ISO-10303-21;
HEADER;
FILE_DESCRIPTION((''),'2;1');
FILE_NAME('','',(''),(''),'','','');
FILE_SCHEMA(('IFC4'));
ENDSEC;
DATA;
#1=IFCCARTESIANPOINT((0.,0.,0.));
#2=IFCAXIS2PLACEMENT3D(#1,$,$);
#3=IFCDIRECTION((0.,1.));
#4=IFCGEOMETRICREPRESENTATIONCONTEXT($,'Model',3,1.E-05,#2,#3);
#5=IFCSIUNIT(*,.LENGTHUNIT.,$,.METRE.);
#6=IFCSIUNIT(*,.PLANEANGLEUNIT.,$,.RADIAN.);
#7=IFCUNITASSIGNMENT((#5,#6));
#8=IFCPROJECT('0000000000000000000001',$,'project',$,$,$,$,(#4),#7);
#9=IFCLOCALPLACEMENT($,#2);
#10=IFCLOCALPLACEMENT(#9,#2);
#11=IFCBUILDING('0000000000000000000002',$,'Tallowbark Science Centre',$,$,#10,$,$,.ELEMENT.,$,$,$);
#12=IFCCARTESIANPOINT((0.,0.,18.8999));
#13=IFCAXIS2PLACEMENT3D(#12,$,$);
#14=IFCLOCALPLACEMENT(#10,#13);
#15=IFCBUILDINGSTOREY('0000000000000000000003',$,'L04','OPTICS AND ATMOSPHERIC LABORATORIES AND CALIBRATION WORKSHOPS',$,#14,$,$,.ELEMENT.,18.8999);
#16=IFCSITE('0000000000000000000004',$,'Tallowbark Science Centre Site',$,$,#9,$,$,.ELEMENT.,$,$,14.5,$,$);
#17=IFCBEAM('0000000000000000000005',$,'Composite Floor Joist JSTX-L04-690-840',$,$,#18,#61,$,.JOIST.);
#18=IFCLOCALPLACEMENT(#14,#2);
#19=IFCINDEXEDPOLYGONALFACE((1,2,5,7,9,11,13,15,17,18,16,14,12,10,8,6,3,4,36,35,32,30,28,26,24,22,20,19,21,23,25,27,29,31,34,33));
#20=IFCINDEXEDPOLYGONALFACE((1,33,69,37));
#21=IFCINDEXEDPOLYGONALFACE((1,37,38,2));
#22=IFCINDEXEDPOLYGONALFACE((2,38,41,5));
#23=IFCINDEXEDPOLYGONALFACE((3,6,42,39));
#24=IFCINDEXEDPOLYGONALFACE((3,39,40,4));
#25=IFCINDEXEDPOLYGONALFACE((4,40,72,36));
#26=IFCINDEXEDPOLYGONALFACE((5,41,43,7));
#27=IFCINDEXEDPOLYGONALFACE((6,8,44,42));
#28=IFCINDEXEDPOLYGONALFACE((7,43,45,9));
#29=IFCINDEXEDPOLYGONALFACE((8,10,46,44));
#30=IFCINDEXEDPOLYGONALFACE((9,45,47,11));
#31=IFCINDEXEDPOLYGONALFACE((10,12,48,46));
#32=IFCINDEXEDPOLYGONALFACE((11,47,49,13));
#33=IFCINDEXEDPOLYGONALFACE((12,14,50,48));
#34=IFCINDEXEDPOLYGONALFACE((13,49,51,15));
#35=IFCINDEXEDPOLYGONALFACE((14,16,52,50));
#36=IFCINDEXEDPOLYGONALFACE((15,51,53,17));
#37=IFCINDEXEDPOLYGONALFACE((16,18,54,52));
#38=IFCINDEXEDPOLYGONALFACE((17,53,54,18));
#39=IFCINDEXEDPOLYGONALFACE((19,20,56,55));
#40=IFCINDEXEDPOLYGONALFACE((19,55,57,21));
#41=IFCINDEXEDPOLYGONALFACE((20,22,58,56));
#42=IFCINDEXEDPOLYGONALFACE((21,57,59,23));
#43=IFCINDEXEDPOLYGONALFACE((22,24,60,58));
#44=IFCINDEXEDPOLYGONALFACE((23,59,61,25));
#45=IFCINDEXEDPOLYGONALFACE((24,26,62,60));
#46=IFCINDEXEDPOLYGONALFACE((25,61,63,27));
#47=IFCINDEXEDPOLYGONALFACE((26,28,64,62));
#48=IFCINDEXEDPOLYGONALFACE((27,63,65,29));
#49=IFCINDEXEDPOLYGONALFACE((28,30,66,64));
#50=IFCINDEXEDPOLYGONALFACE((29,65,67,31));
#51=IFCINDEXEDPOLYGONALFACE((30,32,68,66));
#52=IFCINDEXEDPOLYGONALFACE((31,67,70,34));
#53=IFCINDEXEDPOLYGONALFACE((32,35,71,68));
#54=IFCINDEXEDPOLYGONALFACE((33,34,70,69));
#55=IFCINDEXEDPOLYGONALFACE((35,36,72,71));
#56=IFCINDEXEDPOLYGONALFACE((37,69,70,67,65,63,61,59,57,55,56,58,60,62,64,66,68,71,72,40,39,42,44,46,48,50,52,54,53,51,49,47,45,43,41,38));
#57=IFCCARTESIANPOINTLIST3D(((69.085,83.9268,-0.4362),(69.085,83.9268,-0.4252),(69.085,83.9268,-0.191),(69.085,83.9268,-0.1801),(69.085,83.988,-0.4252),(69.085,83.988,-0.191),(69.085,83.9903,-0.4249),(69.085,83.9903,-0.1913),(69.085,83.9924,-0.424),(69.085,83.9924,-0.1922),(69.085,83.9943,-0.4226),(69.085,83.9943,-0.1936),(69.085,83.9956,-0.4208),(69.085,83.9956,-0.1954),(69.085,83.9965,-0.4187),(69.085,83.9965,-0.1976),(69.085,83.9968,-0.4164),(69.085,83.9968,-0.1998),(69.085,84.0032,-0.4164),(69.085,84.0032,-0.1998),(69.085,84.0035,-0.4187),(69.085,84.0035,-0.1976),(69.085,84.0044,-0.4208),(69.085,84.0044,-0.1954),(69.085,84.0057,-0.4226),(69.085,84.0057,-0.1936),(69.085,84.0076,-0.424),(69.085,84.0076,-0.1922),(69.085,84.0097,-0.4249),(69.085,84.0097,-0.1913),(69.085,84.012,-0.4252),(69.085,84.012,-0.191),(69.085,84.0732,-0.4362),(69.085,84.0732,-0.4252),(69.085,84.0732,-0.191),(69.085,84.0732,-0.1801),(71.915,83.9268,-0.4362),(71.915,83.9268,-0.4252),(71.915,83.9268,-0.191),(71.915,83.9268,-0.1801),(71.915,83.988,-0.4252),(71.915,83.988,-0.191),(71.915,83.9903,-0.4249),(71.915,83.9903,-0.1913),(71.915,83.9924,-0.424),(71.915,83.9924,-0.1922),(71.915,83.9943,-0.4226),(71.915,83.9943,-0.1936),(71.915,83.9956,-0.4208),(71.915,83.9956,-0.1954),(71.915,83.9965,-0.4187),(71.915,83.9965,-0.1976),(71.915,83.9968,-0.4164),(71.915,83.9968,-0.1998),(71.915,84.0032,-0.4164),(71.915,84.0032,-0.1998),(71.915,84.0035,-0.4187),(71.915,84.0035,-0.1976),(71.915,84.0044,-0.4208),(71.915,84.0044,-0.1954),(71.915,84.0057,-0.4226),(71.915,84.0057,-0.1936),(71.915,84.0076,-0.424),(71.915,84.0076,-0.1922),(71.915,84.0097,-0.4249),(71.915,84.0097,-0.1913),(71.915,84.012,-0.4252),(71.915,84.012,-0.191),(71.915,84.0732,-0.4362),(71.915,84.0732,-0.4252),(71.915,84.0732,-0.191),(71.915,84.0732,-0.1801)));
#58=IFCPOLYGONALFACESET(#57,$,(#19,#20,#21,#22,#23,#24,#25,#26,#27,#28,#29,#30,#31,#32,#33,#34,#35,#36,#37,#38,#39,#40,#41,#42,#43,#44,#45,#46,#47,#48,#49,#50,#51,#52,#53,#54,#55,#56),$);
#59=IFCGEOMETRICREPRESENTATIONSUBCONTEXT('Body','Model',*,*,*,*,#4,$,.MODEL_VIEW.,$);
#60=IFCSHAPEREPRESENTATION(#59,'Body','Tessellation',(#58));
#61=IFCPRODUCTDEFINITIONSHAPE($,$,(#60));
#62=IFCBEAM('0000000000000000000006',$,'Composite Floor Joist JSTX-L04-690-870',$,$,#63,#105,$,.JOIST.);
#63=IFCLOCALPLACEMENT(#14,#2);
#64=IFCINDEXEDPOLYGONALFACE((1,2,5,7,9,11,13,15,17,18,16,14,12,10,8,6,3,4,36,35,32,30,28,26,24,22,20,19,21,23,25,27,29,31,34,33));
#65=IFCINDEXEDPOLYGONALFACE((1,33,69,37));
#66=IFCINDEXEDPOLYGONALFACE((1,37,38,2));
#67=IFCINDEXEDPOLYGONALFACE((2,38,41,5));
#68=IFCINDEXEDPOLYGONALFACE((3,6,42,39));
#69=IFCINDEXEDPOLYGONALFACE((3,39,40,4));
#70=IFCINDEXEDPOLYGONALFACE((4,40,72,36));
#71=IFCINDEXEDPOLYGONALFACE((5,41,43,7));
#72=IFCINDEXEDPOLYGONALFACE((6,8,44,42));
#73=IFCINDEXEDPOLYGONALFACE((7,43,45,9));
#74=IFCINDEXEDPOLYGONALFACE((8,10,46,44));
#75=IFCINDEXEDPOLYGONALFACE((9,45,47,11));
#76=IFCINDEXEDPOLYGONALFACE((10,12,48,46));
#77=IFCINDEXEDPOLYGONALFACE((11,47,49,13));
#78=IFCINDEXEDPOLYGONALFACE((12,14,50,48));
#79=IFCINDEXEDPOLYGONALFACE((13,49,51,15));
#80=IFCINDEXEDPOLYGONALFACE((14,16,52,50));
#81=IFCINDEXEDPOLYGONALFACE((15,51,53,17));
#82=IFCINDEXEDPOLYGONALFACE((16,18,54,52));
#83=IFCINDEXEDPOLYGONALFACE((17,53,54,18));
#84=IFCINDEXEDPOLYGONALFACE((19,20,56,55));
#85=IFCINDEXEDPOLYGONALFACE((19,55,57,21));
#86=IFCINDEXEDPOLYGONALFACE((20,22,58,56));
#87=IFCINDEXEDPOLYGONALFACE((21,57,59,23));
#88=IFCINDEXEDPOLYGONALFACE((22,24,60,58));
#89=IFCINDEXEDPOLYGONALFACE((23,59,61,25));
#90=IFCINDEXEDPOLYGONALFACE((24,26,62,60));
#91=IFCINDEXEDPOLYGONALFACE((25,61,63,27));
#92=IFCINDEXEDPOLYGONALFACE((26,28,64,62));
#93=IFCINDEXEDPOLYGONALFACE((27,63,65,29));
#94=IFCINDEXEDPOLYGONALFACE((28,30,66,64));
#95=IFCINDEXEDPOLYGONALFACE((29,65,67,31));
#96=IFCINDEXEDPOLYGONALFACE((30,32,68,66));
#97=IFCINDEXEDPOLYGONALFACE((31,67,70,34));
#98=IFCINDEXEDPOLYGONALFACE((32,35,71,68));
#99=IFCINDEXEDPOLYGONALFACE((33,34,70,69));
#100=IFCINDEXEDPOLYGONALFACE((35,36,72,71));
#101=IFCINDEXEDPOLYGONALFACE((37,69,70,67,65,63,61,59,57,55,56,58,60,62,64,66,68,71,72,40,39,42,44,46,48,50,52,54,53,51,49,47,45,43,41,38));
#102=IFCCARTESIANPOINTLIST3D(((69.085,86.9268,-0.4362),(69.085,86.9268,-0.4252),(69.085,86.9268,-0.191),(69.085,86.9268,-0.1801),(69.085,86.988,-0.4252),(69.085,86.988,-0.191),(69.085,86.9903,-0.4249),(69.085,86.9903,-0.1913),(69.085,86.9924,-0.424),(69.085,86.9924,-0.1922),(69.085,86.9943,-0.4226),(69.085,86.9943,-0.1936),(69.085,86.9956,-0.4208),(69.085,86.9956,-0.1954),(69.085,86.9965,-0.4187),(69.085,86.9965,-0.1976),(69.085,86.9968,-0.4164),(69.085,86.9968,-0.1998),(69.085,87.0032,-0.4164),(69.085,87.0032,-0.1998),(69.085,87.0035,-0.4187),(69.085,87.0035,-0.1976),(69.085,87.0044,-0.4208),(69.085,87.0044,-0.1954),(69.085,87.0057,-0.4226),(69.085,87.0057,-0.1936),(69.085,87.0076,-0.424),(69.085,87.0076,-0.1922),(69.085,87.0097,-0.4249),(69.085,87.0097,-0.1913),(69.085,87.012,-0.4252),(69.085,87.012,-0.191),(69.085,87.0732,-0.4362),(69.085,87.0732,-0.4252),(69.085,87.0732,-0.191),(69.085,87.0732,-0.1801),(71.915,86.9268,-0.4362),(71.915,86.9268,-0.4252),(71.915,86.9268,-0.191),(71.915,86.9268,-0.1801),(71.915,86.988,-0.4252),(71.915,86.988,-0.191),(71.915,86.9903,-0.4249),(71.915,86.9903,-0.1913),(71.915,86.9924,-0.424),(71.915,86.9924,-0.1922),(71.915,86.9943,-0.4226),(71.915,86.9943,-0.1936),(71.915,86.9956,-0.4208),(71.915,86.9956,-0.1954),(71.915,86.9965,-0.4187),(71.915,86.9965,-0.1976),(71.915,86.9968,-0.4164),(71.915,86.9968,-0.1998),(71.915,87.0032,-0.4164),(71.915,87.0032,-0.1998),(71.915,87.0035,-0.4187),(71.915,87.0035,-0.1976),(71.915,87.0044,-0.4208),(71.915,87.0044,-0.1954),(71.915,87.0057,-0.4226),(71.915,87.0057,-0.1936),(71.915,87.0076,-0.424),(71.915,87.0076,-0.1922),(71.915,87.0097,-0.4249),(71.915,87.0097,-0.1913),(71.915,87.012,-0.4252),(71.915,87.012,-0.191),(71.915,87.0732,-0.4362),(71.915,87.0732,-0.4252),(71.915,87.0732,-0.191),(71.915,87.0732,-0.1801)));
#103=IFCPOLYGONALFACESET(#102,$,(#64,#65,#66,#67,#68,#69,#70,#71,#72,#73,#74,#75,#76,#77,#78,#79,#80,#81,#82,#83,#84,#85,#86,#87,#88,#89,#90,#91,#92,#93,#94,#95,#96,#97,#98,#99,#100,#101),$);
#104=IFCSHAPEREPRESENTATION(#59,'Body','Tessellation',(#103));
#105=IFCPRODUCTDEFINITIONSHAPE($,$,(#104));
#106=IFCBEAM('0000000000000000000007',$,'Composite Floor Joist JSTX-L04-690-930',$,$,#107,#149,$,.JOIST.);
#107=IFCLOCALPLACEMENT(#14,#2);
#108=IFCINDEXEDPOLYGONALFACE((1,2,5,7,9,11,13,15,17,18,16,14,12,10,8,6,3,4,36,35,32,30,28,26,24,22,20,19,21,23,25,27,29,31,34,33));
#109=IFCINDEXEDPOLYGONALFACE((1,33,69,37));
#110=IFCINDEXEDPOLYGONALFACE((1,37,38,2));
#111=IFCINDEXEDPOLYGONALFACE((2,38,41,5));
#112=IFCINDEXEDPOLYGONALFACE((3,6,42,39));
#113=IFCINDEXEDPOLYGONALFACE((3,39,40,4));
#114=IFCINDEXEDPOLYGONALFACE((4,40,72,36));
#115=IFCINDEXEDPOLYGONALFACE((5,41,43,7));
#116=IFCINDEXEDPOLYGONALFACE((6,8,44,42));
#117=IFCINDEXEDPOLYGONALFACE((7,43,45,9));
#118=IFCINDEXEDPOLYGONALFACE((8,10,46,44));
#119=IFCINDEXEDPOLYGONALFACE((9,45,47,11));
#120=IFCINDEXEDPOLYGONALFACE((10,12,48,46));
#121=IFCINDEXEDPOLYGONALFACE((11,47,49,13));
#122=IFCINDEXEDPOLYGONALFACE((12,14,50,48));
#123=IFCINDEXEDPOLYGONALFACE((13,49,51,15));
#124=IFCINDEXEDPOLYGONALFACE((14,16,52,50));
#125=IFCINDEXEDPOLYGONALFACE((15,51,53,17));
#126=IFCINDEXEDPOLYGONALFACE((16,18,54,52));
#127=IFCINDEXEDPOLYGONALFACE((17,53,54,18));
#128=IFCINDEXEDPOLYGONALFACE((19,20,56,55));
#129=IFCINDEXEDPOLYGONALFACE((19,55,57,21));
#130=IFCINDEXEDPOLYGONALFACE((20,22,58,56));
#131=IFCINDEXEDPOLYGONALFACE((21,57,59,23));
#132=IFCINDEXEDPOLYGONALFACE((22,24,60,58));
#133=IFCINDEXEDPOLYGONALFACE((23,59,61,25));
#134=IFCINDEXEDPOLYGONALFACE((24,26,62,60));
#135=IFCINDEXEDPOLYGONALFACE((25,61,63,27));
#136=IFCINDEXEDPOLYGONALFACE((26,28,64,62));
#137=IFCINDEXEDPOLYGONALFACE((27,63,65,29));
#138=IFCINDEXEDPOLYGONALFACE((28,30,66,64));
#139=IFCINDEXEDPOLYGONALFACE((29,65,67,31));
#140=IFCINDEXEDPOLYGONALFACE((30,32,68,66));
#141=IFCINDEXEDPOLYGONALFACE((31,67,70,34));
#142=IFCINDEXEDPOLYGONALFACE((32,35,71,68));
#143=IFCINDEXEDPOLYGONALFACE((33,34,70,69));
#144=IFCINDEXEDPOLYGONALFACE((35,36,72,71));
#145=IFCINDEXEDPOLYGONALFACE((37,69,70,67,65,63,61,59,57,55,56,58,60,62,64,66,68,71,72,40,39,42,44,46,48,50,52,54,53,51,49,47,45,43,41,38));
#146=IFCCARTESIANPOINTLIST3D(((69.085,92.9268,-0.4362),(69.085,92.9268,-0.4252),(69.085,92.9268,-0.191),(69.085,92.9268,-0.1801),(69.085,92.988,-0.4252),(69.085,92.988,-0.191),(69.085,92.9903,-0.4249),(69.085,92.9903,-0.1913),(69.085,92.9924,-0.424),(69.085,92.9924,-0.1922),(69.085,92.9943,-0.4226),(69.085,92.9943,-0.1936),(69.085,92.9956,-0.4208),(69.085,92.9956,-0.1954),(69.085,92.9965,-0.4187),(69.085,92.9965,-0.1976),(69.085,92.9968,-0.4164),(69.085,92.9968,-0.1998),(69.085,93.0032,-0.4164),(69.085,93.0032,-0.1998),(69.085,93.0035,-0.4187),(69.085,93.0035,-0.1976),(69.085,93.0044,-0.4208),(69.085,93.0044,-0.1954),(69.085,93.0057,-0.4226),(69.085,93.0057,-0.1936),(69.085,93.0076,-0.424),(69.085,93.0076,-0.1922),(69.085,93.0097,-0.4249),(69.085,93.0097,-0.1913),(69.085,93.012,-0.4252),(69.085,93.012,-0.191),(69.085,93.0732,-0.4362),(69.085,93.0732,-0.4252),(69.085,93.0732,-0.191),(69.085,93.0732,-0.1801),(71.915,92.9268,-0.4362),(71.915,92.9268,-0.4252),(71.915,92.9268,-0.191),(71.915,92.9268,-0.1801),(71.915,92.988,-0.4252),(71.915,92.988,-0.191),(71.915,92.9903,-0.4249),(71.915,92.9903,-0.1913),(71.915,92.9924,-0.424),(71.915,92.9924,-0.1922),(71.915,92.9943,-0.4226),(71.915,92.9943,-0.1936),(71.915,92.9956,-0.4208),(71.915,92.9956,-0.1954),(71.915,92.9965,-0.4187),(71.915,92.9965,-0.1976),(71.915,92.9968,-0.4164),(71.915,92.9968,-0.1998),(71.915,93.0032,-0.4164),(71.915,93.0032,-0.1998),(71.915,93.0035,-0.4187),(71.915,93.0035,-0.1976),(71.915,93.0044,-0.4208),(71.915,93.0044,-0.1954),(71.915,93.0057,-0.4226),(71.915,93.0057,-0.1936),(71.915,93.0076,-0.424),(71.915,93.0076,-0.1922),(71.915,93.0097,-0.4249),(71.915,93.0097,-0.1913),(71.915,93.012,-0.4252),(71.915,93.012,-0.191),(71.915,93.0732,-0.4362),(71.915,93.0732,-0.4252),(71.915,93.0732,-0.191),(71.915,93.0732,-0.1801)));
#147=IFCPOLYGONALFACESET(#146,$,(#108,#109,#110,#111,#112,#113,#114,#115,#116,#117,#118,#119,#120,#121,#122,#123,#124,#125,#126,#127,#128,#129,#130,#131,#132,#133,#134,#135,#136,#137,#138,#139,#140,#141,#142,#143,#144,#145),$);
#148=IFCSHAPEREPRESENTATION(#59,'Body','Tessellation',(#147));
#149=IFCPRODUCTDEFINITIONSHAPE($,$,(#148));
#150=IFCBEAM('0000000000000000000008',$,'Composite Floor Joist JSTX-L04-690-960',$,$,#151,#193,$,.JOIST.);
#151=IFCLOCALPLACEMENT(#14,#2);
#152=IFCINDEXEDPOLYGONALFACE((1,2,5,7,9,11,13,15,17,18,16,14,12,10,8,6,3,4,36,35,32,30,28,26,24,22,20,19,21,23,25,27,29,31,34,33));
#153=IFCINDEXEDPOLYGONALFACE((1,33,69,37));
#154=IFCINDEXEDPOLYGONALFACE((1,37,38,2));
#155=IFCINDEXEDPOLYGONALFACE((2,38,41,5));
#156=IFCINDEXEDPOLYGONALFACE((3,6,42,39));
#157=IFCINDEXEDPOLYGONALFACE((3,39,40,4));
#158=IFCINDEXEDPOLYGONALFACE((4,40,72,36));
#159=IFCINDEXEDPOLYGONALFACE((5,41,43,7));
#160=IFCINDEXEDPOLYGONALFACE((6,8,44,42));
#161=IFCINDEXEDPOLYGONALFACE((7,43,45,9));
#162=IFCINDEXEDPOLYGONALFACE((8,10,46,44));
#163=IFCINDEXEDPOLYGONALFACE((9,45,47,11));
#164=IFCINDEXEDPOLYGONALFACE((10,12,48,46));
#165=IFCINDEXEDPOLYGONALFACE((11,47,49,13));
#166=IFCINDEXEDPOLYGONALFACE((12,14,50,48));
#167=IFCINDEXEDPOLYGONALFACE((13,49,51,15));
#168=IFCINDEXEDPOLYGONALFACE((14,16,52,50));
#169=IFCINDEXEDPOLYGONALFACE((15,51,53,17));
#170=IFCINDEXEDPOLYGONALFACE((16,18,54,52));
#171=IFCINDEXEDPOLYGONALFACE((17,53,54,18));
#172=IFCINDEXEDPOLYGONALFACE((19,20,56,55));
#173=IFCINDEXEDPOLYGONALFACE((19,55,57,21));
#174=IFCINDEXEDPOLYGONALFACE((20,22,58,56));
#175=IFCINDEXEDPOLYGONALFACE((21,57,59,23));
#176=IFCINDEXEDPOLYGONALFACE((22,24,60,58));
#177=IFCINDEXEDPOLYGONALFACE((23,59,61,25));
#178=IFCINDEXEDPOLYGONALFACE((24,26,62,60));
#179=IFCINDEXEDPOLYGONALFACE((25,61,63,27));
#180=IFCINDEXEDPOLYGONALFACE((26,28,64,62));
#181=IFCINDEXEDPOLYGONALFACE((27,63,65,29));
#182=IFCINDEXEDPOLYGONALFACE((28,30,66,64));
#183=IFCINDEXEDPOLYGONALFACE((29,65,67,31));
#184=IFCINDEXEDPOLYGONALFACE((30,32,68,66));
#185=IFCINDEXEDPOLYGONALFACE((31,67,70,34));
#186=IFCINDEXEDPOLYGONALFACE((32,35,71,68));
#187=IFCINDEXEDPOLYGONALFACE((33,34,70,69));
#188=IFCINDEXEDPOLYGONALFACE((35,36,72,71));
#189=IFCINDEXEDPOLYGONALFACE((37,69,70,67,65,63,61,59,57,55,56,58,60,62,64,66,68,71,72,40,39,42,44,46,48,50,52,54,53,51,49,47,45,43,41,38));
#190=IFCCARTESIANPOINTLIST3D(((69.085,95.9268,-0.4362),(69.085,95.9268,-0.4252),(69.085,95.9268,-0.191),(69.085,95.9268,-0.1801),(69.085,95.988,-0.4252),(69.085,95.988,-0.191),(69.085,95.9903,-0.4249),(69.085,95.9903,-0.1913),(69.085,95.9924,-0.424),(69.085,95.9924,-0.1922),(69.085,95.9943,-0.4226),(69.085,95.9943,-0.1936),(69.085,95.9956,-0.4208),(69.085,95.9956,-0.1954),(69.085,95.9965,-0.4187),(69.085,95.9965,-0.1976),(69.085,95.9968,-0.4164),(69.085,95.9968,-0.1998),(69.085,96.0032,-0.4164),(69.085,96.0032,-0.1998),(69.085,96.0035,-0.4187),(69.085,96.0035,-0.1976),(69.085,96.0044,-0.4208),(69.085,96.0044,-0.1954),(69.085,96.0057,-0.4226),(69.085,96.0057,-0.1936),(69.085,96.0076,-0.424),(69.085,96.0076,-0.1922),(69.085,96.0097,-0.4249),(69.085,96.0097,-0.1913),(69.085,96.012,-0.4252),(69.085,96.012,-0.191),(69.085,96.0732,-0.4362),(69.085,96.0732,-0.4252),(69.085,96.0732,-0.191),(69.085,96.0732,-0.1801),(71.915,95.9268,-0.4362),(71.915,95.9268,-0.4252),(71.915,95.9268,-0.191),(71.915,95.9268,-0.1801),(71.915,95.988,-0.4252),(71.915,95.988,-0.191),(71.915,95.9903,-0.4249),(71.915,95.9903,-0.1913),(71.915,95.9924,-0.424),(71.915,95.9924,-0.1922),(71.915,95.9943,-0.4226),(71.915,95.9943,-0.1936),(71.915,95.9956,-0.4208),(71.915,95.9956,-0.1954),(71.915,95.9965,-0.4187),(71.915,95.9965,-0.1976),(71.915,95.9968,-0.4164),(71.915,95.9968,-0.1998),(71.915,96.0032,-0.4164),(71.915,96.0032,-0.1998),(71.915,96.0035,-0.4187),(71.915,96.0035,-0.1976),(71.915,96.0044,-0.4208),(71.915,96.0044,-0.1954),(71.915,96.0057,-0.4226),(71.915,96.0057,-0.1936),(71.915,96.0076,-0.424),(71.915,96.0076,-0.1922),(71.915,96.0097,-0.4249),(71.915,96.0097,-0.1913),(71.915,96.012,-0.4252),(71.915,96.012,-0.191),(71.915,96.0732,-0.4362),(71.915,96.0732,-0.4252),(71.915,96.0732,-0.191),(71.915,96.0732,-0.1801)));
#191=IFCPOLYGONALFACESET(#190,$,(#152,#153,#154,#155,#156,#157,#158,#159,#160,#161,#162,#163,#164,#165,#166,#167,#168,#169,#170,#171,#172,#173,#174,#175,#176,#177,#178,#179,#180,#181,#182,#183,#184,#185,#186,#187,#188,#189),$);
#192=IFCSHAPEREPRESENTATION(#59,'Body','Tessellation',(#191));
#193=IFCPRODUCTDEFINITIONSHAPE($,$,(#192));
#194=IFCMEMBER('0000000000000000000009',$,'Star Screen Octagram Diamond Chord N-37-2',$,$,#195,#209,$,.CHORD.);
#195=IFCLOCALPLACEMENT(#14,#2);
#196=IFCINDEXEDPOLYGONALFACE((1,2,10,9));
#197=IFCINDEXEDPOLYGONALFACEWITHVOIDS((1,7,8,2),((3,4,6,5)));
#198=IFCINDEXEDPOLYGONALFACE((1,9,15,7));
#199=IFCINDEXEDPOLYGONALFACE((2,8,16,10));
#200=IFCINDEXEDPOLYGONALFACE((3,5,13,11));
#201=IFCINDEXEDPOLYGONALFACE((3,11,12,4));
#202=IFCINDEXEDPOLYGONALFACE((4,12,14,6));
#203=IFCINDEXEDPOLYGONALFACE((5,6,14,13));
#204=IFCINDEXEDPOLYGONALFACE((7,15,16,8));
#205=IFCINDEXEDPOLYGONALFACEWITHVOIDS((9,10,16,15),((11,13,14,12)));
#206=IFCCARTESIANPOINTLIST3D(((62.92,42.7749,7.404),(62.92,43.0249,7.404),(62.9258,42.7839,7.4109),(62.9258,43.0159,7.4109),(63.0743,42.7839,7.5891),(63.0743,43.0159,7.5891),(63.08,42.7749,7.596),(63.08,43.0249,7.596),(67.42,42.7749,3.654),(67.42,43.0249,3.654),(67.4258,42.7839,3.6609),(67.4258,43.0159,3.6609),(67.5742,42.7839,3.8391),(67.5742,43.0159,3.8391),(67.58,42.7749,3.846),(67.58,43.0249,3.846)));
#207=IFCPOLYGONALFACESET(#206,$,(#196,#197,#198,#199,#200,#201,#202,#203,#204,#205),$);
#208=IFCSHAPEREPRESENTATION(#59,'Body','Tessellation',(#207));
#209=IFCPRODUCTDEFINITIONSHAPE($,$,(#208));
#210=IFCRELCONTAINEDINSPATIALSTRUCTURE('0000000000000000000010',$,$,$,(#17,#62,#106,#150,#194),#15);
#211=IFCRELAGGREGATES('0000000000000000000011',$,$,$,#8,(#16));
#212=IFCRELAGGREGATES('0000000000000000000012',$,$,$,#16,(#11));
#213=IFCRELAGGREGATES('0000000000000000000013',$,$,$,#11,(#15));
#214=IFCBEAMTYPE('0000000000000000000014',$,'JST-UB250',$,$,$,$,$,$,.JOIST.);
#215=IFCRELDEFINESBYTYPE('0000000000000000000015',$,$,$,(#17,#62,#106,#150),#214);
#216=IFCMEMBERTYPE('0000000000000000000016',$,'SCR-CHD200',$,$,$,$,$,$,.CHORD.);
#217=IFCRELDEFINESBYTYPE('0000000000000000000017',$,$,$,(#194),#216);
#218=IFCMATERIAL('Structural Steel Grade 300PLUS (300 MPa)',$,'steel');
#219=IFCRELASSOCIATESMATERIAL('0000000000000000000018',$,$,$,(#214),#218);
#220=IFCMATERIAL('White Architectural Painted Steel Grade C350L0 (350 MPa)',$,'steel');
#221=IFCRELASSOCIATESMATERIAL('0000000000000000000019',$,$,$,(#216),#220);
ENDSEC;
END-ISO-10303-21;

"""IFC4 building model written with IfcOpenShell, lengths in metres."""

from ifc_helpers import new_model, si_unit, direction, frame, origin, origin_2d, place, context, subcontext, project, spatial, hollow_rectangle, i_section, extrude, material, material_profile, profile_set, type_object, element, save


model = new_model("IFC4")

# Units and contexts
model_context = context("Model", 3, precision=1e-05, world=origin(), true_north=direction((0.0, 1.0)))
body_context = subcontext(model_context, "Body", "Model", "MODEL_VIEW")
ifc_project = project(units=[si_unit("LENGTHUNIT", "METRE"), si_unit("PLANEANGLEUNIT", "RADIAN")], contexts=[model_context])

# Site, building, storey
site_placement = place(None, origin())
site = spatial("IfcSite", under=ifc_project, at=site_placement, Name="Tallowbark Science Centre Site", CompositionType="ELEMENT", RefElevation=14.5)
building_placement = place(site_placement, origin())
building = spatial("IfcBuilding", under=site, at=building_placement, Name="Tallowbark Science Centre", CompositionType="ELEMENT")
storey_placement = place(building_placement, frame((0.0, 0.0, 18.8999)))
storey = spatial("IfcBuildingStorey", under=building, at=storey_placement, Name="L04", Description="OPTICS AND ATMOSPHERIC LABORATORIES AND CALIBRATION WORKSHOPS", CompositionType="ELEMENT", Elevation=18.8999)

# Beams
ifc_material_1 = material(Name="Structural Steel Grade 300PLUS (300 MPa)", Category="steel")
ifc_material_profile_1 = material_profile(ifc_material_1, i_section(OverallWidth=0.1465, OverallDepth=0.2561, WebThickness=0.0063, FlangeThickness=0.011, FilletRadius=0.0088, at=origin_2d()), Name="250UB37.3")
ifc_profile_set_1 = profile_set([ifc_material_profile_1], Name="Structural Steel Grade 300PLUS (300 MPa)")
beam_type_1 = type_object("IfcBeamType", Name="JST-UB250", PredefinedType="JOIST", material=ifc_profile_set_1)
for number, where, z_axis, x_axis, name in (
    (1, (69.085, 84.0, -0.3081), (1.0, 0.0, 0.0), (0.0, 1.0, 0.0), "Composite Floor Joist JSTX-L04-690-840"),
    (2, (69.085, 87.0, -0.3081), (1.0, 0.0, 0.0), (0.0, 1.0, 0.0), "Composite Floor Joist JSTX-L04-690-870"),
    (3, (69.085, 93.0, -0.3081), (1.0, 0.0, 0.0), (0.0, 1.0, 0.0), "Composite Floor Joist JSTX-L04-690-930"),
    (4, (69.085, 96.0, -0.3081), (1.0, 0.0, 0.0), (0.0, 1.0, 0.0), "Composite Floor Joist JSTX-L04-690-960"),
):
    element("IfcBeam", number, at=place(storey_placement, frame(where, z_axis=z_axis, x_axis=x_axis)), inside=storey, type_object=beam_type_1, Name=name, PredefinedType="JOIST", context=body_context, shape_type="SweptSolid", body=[
        extrude(i_section(OverallWidth=0.1465, OverallDepth=0.2561, WebThickness=0.0063, FlangeThickness=0.011, FilletRadius=0.0088, at=origin_2d()), origin(), (0.0, 0.0, 1.0), 2.8301),
    ])

# Member
ifc_material_2 = material(Name="White Architectural Painted Steel Grade C350L0 (350 MPa)", Category="steel")
ifc_material_profile_2 = material_profile(ifc_material_2, hollow_rectangle(XDim=0.25, YDim=0.25, WallThickness=0.009, at=origin_2d()), Name="250x250x9.0SHS")
ifc_profile_set_2 = profile_set([ifc_material_profile_2], Name="White Architectural Painted Steel Grade C350L0 (350 MPa)")
member_type_1 = type_object("IfcMemberType", Name="SCR-CHD200", PredefinedType="CHORD", material=ifc_profile_set_2)
member_1_placement = place(storey_placement, frame((67.5, 42.8999, 3.75), z_axis=(-0.768221, 0.0, 0.640184), x_axis=(0.0, -1.0, 0.0)))
element("IfcMember", 5, at=member_1_placement, inside=storey, type_object=member_type_1, Name="Star Screen Octagram Diamond Chord N-37-2", PredefinedType="CHORD", context=body_context, shape_type="SweptSolid", body=[
    extrude(hollow_rectangle(XDim=0.25, YDim=0.25, WallThickness=0.009, at=origin_2d()), origin(), (0.0, 0.0, 1.0), 5.8577),
])

save(model, "model.ifc")
